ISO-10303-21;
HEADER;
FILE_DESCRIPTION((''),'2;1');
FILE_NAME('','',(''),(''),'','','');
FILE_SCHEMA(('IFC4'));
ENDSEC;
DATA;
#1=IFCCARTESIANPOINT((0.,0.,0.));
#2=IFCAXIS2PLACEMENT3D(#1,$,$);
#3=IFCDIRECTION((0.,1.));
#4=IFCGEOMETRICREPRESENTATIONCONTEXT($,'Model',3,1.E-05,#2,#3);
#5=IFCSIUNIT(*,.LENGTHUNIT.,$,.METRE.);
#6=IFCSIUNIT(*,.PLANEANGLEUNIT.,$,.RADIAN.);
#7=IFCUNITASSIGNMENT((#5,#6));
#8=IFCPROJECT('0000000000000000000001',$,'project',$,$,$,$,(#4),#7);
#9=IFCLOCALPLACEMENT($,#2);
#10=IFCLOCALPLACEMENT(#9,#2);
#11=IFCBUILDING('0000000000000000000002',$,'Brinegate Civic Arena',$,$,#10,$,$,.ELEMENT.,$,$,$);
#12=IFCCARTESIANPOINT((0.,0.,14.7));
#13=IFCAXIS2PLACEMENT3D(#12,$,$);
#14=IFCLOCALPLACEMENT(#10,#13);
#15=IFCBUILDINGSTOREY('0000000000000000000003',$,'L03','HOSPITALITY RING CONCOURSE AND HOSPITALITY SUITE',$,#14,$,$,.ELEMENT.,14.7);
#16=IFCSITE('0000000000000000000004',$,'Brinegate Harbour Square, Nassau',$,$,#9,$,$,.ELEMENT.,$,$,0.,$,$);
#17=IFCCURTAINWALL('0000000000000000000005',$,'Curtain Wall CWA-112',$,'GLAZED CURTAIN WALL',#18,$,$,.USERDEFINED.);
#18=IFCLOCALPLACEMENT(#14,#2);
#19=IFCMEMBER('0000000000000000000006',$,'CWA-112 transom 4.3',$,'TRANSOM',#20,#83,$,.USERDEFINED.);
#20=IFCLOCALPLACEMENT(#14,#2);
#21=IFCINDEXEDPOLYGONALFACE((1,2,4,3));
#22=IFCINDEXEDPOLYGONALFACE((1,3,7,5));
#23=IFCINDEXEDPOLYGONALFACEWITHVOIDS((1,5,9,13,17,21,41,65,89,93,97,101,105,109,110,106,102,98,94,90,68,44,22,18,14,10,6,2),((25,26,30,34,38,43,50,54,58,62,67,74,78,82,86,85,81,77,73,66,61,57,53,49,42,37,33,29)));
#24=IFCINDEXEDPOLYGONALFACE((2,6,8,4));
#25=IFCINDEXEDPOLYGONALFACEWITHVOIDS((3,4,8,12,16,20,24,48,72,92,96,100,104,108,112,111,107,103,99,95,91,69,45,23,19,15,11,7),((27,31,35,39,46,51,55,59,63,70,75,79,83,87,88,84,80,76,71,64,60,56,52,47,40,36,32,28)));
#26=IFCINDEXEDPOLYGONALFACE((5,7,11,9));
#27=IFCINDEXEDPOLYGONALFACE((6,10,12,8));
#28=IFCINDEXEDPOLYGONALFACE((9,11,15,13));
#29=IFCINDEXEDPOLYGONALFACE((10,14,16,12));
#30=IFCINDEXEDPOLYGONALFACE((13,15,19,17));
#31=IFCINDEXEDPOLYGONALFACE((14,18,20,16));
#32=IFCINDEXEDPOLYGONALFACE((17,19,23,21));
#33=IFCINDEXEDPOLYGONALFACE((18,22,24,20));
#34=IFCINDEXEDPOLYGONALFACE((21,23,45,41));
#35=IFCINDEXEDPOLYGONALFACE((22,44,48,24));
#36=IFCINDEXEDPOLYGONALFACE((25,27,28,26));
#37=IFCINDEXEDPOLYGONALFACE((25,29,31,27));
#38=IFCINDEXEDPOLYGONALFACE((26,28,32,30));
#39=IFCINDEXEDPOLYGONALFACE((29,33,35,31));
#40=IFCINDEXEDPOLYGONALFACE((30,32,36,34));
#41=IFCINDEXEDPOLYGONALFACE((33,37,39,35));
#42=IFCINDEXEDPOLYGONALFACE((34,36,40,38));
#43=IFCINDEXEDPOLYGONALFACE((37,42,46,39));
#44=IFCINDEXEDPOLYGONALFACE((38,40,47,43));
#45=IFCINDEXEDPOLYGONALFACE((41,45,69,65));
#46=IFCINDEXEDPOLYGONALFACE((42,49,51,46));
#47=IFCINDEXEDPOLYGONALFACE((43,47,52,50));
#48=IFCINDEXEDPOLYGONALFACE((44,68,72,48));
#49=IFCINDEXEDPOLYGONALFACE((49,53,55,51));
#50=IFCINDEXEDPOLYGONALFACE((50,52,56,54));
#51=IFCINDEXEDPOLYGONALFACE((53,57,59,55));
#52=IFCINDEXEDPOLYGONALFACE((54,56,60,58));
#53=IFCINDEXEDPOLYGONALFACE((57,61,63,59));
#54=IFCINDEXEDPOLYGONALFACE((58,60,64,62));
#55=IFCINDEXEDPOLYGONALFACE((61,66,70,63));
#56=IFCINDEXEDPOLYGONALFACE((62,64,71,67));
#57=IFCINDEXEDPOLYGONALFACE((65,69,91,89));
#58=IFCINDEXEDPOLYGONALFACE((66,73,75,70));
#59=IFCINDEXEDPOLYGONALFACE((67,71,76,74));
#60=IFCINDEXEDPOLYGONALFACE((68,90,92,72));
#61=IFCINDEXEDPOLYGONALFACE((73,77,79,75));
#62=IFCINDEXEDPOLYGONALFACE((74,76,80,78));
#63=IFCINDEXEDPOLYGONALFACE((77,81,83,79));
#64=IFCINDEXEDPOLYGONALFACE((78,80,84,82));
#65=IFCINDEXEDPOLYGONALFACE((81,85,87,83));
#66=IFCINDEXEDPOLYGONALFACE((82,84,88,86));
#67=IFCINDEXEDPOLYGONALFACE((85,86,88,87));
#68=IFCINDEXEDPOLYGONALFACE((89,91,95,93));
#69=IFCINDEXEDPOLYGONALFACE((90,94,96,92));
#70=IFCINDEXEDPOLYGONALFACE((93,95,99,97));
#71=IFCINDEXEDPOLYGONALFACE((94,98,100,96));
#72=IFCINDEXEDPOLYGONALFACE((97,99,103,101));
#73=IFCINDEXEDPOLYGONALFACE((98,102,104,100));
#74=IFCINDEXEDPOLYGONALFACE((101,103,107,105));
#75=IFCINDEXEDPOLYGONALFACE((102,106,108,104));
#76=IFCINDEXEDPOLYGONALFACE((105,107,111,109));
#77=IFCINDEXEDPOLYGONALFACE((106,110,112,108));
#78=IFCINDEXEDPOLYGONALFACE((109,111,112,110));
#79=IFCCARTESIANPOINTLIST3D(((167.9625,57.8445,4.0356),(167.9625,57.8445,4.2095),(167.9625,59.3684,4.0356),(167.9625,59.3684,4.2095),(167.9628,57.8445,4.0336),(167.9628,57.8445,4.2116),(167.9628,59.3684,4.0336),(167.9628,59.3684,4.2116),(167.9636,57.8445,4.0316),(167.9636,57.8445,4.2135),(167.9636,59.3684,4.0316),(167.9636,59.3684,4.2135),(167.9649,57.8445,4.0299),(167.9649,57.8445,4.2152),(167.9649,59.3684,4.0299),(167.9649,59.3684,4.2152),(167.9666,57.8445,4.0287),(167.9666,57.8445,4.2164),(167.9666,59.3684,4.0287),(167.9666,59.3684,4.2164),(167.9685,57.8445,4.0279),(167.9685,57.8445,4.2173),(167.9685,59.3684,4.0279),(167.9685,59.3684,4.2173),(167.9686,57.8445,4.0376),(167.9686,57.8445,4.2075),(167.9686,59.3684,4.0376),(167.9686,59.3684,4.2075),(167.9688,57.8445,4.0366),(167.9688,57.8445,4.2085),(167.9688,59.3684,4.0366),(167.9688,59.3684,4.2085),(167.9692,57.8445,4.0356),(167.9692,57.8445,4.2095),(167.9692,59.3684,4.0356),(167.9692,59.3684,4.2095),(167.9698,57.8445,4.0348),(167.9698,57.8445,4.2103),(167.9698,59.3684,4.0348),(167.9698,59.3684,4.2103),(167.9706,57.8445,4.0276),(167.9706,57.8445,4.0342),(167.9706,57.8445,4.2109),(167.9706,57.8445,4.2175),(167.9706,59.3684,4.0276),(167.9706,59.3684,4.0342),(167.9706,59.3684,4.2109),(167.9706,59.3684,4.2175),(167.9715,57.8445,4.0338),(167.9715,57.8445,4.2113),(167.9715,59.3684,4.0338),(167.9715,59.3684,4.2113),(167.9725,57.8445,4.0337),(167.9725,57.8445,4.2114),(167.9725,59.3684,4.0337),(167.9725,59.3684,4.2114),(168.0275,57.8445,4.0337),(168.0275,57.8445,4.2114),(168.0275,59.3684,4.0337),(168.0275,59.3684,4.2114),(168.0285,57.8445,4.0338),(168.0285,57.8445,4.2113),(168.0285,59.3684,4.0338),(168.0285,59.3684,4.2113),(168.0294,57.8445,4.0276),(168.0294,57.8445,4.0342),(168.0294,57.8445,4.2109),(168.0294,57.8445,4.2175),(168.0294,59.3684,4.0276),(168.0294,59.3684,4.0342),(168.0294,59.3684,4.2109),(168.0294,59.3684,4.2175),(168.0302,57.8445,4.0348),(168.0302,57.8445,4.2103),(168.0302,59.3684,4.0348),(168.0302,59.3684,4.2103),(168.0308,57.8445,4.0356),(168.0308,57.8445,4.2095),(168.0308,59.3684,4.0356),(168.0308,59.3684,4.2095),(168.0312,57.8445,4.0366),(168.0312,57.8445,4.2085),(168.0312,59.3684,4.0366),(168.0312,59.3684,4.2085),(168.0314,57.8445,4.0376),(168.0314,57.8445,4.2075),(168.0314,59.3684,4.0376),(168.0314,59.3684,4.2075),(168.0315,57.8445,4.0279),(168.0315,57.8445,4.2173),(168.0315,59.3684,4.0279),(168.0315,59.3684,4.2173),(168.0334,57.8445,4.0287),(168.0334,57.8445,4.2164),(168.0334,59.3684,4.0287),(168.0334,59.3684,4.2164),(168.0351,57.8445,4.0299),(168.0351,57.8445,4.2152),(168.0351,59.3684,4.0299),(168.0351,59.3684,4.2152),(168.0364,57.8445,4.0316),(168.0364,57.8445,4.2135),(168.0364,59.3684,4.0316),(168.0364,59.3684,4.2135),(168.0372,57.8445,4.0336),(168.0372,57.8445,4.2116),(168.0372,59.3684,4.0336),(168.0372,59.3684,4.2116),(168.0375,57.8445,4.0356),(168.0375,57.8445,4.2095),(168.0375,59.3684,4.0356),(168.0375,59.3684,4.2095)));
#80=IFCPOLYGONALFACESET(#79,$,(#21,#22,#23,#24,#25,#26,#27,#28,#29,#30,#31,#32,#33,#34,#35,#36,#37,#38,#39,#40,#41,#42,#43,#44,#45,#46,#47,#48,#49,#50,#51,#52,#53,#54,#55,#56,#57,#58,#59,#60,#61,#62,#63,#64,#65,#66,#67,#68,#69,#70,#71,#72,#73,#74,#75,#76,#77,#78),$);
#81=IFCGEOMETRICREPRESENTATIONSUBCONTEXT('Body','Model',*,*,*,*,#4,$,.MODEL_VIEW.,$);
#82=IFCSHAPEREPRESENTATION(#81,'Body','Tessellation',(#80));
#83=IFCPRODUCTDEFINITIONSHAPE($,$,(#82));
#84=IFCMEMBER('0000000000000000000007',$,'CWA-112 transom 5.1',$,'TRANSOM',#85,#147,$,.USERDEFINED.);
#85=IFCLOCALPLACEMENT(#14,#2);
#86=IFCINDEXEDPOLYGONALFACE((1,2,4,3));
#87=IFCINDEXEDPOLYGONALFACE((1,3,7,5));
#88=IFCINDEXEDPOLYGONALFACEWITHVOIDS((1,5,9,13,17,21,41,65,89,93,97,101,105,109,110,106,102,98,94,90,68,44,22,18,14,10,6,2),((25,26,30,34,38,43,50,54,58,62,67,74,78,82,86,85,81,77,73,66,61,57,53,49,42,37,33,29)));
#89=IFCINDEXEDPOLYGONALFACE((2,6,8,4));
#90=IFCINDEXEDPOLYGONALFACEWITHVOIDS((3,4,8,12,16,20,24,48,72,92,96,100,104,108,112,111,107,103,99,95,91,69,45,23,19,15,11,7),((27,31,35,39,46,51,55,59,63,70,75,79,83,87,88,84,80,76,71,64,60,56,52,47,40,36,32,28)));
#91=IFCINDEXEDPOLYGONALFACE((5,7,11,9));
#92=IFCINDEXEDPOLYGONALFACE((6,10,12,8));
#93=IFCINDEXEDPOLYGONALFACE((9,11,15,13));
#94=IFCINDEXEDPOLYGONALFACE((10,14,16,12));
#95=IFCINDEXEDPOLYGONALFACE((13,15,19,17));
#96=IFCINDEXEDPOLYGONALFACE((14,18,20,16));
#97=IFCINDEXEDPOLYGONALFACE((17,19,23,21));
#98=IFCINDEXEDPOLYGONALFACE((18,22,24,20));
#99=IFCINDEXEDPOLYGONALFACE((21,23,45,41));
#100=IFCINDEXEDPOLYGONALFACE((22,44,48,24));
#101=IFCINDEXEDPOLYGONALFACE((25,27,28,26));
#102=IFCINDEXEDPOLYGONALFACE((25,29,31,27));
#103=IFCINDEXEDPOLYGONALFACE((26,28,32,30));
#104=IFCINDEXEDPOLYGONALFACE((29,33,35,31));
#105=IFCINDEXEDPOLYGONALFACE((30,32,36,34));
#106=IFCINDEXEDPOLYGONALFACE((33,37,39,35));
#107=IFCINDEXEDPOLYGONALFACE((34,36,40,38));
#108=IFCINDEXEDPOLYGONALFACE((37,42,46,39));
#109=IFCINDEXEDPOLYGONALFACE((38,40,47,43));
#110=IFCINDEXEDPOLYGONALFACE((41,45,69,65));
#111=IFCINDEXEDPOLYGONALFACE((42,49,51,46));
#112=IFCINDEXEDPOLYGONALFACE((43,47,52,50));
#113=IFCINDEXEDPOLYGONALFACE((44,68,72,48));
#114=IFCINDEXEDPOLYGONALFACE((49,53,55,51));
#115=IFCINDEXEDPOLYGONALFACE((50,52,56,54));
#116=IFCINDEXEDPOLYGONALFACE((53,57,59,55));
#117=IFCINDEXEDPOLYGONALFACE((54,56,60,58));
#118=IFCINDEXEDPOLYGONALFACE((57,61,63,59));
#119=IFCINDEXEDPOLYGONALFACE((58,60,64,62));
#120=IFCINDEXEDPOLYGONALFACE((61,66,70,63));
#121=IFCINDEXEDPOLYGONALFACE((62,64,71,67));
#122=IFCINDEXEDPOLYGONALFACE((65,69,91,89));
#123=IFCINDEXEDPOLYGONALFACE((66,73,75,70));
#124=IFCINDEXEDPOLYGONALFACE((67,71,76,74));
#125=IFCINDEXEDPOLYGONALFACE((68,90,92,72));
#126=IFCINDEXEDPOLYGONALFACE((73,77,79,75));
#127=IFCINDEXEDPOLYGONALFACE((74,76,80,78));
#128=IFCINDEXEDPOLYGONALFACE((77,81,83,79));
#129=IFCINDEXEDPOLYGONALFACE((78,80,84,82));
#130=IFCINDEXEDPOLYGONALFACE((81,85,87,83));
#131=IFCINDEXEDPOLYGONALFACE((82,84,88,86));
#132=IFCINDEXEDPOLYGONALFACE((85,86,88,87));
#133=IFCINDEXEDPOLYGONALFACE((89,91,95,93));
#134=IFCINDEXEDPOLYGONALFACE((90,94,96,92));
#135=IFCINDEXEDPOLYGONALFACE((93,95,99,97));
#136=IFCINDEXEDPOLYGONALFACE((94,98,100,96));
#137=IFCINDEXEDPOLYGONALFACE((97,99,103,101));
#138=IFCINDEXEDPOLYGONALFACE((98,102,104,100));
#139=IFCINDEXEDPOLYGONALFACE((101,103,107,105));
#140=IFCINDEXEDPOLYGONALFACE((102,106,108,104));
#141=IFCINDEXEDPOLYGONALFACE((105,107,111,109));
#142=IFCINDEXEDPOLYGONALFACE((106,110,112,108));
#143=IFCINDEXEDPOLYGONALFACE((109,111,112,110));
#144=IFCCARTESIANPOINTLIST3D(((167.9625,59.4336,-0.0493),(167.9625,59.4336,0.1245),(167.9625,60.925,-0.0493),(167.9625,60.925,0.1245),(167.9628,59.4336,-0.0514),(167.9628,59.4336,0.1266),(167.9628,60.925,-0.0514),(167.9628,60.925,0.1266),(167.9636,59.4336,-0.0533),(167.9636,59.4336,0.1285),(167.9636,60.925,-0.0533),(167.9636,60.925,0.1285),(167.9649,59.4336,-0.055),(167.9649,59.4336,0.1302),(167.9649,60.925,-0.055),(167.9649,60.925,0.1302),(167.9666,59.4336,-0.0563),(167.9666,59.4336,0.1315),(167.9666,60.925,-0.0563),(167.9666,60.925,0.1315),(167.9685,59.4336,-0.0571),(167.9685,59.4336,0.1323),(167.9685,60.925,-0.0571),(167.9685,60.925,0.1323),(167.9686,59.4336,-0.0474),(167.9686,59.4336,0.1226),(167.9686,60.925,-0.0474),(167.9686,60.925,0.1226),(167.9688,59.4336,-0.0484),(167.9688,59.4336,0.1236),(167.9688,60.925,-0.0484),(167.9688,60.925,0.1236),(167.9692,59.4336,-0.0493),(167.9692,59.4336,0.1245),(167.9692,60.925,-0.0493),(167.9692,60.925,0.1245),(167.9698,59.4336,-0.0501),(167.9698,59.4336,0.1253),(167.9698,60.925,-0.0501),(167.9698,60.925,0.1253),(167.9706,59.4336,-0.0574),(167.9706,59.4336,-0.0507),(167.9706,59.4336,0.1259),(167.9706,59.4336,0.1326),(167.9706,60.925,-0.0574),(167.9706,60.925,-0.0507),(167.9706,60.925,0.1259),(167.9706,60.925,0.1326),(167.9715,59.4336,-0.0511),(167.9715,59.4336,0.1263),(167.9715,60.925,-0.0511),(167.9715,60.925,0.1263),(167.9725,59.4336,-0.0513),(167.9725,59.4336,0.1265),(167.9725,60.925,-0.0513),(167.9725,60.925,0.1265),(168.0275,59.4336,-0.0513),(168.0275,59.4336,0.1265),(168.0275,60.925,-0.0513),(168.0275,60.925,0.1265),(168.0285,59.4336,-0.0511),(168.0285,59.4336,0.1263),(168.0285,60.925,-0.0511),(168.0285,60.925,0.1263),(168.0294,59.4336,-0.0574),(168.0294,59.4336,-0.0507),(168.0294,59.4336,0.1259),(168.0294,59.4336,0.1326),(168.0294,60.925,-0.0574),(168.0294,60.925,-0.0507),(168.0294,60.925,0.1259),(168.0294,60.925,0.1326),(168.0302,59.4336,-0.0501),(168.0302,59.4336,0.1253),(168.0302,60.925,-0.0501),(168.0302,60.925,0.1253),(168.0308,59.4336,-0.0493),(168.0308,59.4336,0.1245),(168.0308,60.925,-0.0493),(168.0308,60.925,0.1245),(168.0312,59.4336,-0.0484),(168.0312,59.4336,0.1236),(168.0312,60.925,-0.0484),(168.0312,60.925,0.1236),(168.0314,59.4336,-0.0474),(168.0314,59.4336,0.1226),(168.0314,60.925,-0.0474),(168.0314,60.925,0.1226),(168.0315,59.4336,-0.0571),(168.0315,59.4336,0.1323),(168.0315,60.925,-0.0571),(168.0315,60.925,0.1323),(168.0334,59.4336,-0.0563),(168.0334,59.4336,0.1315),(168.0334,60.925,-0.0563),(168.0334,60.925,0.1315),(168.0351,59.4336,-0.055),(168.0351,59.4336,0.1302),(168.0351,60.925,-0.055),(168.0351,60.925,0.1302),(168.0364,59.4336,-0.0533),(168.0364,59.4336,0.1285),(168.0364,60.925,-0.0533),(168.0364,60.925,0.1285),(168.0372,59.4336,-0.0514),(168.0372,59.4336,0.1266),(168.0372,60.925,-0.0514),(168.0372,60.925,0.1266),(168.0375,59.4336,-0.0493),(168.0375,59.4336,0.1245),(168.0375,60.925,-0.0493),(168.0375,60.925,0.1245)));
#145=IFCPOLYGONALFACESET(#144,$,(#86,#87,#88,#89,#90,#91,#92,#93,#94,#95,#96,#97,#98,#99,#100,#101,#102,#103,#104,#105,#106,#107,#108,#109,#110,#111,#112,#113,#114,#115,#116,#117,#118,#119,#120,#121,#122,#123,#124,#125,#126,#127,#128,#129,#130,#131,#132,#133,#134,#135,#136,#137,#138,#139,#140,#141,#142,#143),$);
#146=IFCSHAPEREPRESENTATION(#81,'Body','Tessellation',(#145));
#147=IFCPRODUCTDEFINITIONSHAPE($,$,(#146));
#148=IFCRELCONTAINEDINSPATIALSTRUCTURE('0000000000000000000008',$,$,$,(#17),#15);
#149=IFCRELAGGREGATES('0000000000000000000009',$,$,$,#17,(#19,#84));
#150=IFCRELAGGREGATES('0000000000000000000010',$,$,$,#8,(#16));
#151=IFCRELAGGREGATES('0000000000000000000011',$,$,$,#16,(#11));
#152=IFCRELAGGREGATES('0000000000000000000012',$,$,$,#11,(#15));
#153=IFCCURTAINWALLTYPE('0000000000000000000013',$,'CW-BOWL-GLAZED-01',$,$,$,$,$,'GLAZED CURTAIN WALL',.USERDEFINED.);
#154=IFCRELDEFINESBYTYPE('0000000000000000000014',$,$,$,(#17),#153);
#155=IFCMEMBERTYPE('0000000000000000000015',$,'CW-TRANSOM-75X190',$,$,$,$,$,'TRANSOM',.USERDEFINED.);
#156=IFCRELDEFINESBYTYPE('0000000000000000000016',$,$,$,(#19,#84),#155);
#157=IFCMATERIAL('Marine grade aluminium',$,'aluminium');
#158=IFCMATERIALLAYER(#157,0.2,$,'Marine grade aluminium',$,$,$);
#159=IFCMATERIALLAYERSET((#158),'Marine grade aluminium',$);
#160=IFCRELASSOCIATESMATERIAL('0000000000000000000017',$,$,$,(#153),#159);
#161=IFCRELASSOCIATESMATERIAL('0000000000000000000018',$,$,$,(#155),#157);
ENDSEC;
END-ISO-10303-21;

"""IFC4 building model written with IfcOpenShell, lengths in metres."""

from ifc_helpers import new_model, si_unit, direction, frame, origin, origin_2d, place, context, subcontext, project, spatial, hollow_rectangle, extrude, material, layer, layer_set, material_profile, profile_set, type_object, element, aggregate, save


model = new_model("IFC4")

# Units and contexts
model_context = context("Model", 3, precision=1e-05, world=origin(), true_north=direction((0.0, 1.0)))
body_context = subcontext(model_context, "Body", "Model", "MODEL_VIEW")
ifc_project = project(units=[si_unit("LENGTHUNIT", "METRE"), si_unit("PLANEANGLEUNIT", "RADIAN")], contexts=[model_context])

# Site, building, storey
site_placement = place(None, origin())
site = spatial("IfcSite", under=ifc_project, at=site_placement, Name="Brinegate Harbour Square, Nassau", CompositionType="ELEMENT", RefElevation=0.0)
building_placement = place(site_placement, origin())
building = spatial("IfcBuilding", under=site, at=building_placement, Name="Brinegate Civic Arena", CompositionType="ELEMENT")
storey_placement = place(building_placement, frame((0.0, 0.0, 14.7)))
storey = spatial("IfcBuildingStorey", under=building, at=storey_placement, Name="L03", Description="HOSPITALITY RING CONCOURSE AND HOSPITALITY SUITE", CompositionType="ELEMENT", Elevation=14.7)

# Curtain wall
ifc_material_1 = material(Name="Marine grade aluminium", Category="aluminium")
ifc_layer_1 = layer(ifc_material_1, 0.2, Name="Marine grade aluminium")
ifc_layer_set_1 = layer_set([ifc_layer_1], Name="Marine grade aluminium")
curtain_wall_type = type_object("IfcCurtainWallType", Name="CW-BOWL-GLAZED-01", ElementType="GLAZED CURTAIN WALL", PredefinedType="USERDEFINED", material=ifc_layer_set_1)
curtain_wall_1_placement = place(storey_placement, origin())
curtain_wall_1 = element("IfcCurtainWall", 1, at=curtain_wall_1_placement, inside=storey, type_object=curtain_wall_type, Name="Curtain Wall CWA-112", ObjectType="GLAZED CURTAIN WALL", PredefinedType="USERDEFINED")

# Members
ifc_material_profile_1 = material_profile(ifc_material_1, hollow_rectangle(XDim=0.075, YDim=0.1899, WallThickness=0.0061, InnerFilletRadius=0.0039, OuterFilletRadius=0.0081, at=origin_2d()), Name="TRN75X190")
ifc_profile_set_1 = profile_set([ifc_material_profile_1], Name="Marine grade aluminium")
member_type_1 = type_object("IfcMemberType", Name="CW-TRANSOM-75X190", ElementType="TRANSOM", PredefinedType="USERDEFINED", material=ifc_profile_set_1)
member_1_placement = place(storey_placement, frame((168.0, 57.8445, 4.1226), z_axis=(0.0, 1.0, 0.0), x_axis=(-1.0, 0.0, 0.0)))
member_1 = element("IfcMember", 2, at=member_1_placement, type_object=member_type_1, Name="CWA-112 transom 4.3", ObjectType="TRANSOM", PredefinedType="USERDEFINED", context=body_context, shape_type="SweptSolid", body=[
    extrude(hollow_rectangle(XDim=0.075, YDim=0.1899, WallThickness=0.0061, InnerFilletRadius=0.0039, OuterFilletRadius=0.0081, at=origin_2d()), origin(), (0.0, 0.0, 1.0), 1.5239),
])
member_2_placement = place(storey_placement, frame((168.0, 59.4336, 0.0376), z_axis=(0.0, 1.0, 0.0), x_axis=(-1.0, 0.0, 0.0)))
member_2 = element("IfcMember", 3, at=member_2_placement, type_object=member_type_1, Name="CWA-112 transom 5.1", ObjectType="TRANSOM", PredefinedType="USERDEFINED", context=body_context, shape_type="SweptSolid", body=[
    extrude(hollow_rectangle(XDim=0.075, YDim=0.1899, WallThickness=0.0061, InnerFilletRadius=0.0039, OuterFilletRadius=0.0081, at=origin_2d()), origin(), (0.0, 0.0, 1.0), 1.4915),
])

aggregate(curtain_wall_1, [member_1, member_2])

save(model, "model.ifc")
